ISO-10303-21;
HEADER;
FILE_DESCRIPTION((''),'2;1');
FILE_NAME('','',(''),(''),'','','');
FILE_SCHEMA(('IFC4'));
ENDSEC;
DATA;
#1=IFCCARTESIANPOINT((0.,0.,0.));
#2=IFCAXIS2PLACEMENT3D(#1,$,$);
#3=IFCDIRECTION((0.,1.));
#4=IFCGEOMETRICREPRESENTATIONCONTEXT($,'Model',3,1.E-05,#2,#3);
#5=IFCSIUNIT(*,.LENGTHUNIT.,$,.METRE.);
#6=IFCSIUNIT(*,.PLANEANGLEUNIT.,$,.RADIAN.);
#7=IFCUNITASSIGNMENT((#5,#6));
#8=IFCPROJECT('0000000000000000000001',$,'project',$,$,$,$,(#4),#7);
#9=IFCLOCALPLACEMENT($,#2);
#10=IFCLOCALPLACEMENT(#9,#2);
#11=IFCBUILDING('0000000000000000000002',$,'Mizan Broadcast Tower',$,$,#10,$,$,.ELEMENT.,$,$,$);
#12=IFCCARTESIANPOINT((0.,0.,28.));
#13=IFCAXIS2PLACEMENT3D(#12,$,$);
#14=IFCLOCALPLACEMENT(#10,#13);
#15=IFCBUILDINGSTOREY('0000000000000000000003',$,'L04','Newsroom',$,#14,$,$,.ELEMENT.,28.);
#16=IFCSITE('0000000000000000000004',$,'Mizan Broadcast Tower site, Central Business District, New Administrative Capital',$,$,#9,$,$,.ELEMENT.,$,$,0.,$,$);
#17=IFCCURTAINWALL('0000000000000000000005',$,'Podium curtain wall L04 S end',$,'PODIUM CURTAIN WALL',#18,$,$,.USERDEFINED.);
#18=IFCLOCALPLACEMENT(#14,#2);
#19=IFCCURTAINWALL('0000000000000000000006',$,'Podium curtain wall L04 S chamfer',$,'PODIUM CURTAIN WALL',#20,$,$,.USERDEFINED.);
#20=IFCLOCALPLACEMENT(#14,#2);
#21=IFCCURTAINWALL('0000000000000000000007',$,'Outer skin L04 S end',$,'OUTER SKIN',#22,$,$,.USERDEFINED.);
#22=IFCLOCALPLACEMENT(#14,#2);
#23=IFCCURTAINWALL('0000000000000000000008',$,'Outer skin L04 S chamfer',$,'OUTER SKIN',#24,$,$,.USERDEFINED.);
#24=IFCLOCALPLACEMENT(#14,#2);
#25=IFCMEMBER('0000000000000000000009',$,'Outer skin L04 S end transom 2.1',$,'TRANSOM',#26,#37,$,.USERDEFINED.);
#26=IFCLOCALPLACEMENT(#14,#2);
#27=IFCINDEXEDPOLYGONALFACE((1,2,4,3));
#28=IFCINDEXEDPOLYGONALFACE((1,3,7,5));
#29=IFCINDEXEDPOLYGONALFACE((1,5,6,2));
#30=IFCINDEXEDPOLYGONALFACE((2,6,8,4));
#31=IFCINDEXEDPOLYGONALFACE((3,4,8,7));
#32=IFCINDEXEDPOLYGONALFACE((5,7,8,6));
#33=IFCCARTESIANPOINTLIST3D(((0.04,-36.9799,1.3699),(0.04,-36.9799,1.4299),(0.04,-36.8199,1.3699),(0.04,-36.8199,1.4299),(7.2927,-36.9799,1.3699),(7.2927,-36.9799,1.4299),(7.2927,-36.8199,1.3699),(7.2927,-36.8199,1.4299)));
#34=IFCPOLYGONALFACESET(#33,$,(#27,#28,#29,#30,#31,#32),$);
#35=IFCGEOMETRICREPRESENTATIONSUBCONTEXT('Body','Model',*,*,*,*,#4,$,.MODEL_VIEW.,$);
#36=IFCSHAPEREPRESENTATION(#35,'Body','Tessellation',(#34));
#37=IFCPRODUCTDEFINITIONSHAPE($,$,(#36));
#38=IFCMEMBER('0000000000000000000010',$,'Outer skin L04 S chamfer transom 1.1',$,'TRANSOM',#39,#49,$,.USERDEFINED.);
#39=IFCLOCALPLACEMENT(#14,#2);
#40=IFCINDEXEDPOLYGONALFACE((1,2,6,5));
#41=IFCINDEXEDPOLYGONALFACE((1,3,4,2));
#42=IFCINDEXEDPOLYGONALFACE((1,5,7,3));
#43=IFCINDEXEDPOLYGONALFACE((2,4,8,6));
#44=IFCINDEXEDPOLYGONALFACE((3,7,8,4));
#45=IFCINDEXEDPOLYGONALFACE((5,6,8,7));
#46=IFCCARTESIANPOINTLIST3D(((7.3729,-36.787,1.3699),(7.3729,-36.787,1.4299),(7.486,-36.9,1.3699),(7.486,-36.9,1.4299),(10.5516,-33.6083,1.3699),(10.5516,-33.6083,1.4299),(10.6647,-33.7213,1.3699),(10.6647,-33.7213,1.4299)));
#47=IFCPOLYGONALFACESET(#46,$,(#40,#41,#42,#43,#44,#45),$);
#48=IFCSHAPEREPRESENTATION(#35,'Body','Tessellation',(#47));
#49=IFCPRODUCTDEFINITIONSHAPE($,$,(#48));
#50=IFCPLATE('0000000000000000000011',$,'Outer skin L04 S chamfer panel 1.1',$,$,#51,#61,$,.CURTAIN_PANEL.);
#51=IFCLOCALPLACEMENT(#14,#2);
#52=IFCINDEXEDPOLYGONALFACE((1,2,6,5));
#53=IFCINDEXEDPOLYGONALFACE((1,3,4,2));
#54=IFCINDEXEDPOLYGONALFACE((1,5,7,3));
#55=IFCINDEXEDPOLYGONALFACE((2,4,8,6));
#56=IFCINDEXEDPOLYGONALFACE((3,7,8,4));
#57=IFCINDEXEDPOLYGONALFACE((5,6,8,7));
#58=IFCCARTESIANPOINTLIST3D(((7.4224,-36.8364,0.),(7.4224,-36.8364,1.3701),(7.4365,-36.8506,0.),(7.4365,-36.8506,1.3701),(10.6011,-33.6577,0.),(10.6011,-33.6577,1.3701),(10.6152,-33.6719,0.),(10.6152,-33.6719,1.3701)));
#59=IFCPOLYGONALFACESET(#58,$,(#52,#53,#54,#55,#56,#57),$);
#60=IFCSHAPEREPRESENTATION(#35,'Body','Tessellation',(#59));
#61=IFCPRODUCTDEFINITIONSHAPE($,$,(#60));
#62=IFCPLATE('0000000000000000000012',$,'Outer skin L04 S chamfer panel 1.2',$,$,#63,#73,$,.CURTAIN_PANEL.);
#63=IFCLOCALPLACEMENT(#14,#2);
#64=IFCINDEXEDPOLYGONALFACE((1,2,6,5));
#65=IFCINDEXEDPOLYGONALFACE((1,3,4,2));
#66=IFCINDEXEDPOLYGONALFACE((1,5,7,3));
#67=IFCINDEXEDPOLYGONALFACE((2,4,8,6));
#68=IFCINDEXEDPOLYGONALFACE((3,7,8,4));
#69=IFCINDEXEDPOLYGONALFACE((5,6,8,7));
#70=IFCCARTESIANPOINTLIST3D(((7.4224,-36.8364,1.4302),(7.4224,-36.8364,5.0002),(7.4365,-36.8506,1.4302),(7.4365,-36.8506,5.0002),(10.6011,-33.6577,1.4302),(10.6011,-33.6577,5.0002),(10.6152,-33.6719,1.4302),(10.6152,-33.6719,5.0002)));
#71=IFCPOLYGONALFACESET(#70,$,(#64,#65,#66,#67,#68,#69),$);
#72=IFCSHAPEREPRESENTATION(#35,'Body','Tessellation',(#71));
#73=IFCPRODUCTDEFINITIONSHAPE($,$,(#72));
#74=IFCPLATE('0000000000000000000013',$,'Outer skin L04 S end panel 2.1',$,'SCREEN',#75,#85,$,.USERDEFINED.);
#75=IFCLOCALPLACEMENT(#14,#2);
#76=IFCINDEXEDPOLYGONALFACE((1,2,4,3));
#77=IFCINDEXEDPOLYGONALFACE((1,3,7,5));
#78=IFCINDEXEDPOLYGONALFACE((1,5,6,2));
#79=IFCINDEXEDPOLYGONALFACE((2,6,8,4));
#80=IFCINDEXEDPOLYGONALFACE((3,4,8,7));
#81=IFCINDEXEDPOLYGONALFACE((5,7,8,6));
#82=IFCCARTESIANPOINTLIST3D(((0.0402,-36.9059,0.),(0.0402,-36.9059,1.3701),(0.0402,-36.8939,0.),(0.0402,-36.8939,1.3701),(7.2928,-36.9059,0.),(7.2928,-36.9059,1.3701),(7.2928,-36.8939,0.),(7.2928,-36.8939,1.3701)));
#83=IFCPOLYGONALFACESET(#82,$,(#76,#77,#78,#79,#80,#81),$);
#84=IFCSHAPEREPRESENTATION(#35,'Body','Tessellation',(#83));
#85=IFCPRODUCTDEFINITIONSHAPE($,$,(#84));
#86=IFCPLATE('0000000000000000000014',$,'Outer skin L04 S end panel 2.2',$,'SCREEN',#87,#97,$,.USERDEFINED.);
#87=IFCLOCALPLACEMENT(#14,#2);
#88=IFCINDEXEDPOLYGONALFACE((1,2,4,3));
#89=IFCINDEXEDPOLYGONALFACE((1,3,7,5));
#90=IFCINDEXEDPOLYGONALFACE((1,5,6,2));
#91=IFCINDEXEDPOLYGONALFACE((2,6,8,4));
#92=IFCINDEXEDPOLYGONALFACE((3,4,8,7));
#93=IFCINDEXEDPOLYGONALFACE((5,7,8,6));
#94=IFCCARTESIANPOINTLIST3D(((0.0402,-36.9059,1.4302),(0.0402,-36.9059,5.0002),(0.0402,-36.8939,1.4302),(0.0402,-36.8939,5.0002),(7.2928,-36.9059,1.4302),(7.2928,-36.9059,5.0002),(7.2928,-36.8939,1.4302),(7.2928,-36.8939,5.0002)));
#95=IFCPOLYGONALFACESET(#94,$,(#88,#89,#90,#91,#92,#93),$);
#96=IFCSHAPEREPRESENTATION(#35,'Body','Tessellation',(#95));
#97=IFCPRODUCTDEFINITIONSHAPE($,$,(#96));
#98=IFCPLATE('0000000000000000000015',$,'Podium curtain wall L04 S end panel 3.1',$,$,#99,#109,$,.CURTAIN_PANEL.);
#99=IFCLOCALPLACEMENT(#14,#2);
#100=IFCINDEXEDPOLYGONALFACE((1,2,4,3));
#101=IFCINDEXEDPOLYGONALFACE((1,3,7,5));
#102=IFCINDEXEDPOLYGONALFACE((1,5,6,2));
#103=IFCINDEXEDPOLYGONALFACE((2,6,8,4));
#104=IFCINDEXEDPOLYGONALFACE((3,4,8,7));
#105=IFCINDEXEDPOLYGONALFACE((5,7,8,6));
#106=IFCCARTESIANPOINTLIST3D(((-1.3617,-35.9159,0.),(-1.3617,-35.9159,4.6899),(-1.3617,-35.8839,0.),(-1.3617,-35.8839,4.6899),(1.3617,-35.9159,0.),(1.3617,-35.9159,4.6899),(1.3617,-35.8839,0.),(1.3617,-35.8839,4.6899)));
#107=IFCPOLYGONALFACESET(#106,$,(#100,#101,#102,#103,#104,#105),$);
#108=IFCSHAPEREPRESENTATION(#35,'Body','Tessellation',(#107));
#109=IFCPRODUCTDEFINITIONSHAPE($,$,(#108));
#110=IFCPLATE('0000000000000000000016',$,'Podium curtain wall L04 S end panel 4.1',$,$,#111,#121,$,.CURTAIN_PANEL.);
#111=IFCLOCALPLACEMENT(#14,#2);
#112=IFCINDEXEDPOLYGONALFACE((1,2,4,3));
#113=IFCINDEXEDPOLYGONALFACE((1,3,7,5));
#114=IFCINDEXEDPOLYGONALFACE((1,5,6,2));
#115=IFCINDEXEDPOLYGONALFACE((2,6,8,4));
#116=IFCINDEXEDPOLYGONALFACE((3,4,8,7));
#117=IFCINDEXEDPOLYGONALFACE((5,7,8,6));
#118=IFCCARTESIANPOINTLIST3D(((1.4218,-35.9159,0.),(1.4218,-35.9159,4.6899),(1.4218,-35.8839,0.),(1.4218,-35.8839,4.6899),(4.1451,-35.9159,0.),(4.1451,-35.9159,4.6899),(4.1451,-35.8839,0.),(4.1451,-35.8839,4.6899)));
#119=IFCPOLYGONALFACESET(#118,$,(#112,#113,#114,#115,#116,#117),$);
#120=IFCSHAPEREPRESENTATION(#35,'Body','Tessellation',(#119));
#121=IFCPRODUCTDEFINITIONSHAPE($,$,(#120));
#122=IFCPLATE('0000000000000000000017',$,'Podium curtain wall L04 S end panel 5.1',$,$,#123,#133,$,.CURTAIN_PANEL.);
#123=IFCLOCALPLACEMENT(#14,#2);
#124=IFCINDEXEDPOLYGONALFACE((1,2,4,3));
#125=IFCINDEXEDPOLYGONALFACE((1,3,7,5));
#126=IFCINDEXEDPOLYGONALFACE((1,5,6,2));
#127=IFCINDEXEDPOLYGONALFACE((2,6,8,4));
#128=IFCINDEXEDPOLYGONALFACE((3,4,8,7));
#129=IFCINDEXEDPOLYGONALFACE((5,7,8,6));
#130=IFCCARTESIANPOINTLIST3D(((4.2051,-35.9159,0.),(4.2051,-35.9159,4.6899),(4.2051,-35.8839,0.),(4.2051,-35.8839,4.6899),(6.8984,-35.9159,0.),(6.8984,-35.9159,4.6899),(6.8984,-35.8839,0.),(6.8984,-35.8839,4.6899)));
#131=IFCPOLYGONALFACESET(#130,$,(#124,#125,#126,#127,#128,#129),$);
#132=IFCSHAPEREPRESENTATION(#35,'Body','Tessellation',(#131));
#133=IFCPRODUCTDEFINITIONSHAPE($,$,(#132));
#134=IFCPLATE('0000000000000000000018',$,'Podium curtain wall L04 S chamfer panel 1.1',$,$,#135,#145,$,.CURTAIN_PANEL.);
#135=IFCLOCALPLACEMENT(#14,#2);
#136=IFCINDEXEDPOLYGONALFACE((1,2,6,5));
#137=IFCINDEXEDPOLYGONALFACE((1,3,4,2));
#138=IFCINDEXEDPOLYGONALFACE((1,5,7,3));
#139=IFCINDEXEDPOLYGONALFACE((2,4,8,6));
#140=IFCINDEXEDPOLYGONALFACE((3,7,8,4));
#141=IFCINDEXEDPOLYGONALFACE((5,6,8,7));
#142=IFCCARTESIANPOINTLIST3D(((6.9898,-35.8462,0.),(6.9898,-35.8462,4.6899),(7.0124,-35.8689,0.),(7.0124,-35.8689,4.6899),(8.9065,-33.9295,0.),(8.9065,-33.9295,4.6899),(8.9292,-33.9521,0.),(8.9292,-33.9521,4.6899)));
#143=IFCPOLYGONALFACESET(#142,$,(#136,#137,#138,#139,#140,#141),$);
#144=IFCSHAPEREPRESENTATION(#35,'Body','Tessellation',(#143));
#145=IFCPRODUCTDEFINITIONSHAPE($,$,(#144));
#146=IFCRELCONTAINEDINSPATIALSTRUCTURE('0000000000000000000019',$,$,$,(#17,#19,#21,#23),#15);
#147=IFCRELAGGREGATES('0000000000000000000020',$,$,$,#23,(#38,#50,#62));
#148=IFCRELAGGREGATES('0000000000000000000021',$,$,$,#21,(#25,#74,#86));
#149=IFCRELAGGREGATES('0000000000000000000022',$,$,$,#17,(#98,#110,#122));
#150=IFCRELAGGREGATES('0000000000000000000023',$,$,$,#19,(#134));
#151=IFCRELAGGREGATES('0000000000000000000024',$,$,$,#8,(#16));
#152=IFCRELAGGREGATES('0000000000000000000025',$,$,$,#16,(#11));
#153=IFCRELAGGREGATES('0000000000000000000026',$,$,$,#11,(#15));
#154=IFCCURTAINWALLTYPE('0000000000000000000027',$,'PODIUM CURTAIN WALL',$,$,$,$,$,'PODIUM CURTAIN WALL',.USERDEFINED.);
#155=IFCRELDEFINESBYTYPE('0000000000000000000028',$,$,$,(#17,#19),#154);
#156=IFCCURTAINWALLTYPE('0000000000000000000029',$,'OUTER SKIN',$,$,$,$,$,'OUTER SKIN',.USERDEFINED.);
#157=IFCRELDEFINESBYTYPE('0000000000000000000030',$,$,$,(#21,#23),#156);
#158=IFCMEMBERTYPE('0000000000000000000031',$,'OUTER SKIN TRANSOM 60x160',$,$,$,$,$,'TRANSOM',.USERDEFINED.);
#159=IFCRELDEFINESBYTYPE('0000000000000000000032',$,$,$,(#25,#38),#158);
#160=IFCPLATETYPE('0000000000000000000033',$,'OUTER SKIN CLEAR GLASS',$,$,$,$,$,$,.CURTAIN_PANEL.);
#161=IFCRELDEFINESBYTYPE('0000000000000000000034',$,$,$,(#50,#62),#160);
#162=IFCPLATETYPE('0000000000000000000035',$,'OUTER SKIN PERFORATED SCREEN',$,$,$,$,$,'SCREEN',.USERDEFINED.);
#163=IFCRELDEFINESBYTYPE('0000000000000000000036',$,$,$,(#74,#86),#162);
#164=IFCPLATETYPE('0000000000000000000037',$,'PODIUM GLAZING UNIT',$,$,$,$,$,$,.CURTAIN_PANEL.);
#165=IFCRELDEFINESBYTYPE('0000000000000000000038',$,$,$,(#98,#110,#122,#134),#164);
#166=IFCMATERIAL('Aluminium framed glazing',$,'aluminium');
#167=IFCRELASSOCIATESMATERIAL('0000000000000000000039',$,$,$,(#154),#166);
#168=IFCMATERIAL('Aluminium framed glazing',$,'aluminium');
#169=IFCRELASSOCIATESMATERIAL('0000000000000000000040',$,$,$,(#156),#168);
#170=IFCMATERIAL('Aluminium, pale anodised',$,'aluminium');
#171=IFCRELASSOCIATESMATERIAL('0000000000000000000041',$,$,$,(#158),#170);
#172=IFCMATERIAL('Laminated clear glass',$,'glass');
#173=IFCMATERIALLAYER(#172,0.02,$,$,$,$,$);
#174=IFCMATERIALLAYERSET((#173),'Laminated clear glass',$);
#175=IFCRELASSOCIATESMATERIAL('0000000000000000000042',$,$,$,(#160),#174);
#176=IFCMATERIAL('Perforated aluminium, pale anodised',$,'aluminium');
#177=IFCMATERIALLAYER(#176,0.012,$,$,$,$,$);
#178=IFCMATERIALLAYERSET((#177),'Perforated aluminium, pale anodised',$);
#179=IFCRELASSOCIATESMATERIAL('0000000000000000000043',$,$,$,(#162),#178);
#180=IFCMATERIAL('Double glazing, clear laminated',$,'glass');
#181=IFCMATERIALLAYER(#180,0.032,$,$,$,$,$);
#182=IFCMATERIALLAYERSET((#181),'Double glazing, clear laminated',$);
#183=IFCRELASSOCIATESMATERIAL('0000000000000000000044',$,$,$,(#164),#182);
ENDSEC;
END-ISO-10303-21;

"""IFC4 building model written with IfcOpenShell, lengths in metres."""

from ifc_helpers import new_model, si_unit, direction, frame, origin, origin_2d, place, context, subcontext, project, spatial, rectangle, extrude, material, layer, layer_set, material_profile, profile_set, type_object, element, aggregate, save


model = new_model("IFC4")

# Units and contexts
model_context = context("Model", 3, precision=1e-05, world=origin(), true_north=direction((0.0, 1.0)))
body_context = subcontext(model_context, "Body", "Model", "MODEL_VIEW")
ifc_project = project(units=[si_unit("LENGTHUNIT", "METRE"), si_unit("PLANEANGLEUNIT", "RADIAN")], contexts=[model_context])

# Site, building, storey
site_placement = place(None, origin())
site = spatial("IfcSite", under=ifc_project, at=site_placement, Name="Mizan Broadcast Tower site, Central Business District, New Administrative Capital", CompositionType="ELEMENT", RefElevation=0.0)
building_placement = place(site_placement, origin())
building = spatial("IfcBuilding", under=site, at=building_placement, Name="Mizan Broadcast Tower", CompositionType="ELEMENT")
storey_placement = place(building_placement, frame((0.0, 0.0, 28.0)))
storey = spatial("IfcBuildingStorey", under=building, at=storey_placement, Name="L04", Description="Newsroom", CompositionType="ELEMENT", Elevation=28.0)

# Curtain wall
ifc_material_1 = material(Name="Aluminium framed glazing", Category="aluminium")
curtain_wall_type_1 = type_object("IfcCurtainWallType", Name="PODIUM CURTAIN WALL", ElementType="PODIUM CURTAIN WALL", PredefinedType="USERDEFINED", material=ifc_material_1)
curtain_wall_1_placement = place(storey_placement, origin())
curtain_wall_1 = element("IfcCurtainWall", 1, at=curtain_wall_1_placement, inside=storey, type_object=curtain_wall_type_1, Name="Podium curtain wall L04 S end", ObjectType="PODIUM CURTAIN WALL", PredefinedType="USERDEFINED")

# Curtain wall
curtain_wall_2_placement = place(storey_placement, origin())
curtain_wall_2 = element("IfcCurtainWall", 2, at=curtain_wall_2_placement, inside=storey, type_object=curtain_wall_type_1, Name="Podium curtain wall L04 S chamfer", ObjectType="PODIUM CURTAIN WALL", PredefinedType="USERDEFINED")

# Curtain wall
ifc_material_2 = material(Name="Aluminium framed glazing", Category="aluminium")
curtain_wall_type_2 = type_object("IfcCurtainWallType", Name="OUTER SKIN", ElementType="OUTER SKIN", PredefinedType="USERDEFINED", material=ifc_material_2)
curtain_wall_3_placement = place(storey_placement, origin())
curtain_wall_3 = element("IfcCurtainWall", 3, at=curtain_wall_3_placement, inside=storey, type_object=curtain_wall_type_2, Name="Outer skin L04 S end", ObjectType="OUTER SKIN", PredefinedType="USERDEFINED")

# Curtain wall
curtain_wall_4_placement = place(storey_placement, origin())
curtain_wall_4 = element("IfcCurtainWall", 4, at=curtain_wall_4_placement, inside=storey, type_object=curtain_wall_type_2, Name="Outer skin L04 S chamfer", ObjectType="OUTER SKIN", PredefinedType="USERDEFINED")

# Members
ifc_material_3 = material(Name="Aluminium, pale anodised", Category="aluminium")
ifc_material_profile_1 = material_profile(ifc_material_3, rectangle(XDim=0.1599, YDim=0.0601, at=origin_2d()), Name="TRANSOM 160x60")
ifc_profile_set_1 = profile_set([ifc_material_profile_1], Name="Aluminium, pale anodised")
member_type_1 = type_object("IfcMemberType", Name="OUTER SKIN TRANSOM 60x160", ElementType="TRANSOM", PredefinedType="USERDEFINED", material=ifc_profile_set_1)
member_1_placement = place(storey_placement, frame((0.04, -36.8999, 1.3999), z_axis=(1.0, 0.0, 0.0), x_axis=(0.0, 1.0, 0.0)))
member_1 = element("IfcMember", 5, at=member_1_placement, type_object=member_type_1, Name="Outer skin L04 S end transom 2.1", ObjectType="TRANSOM", PredefinedType="USERDEFINED", context=body_context, shape_type="SweptSolid", body=[
    extrude(rectangle(XDim=0.1599, YDim=0.0601, at=origin_2d()), origin(), (0.0, 0.0, 1.0), 7.2527),
])
member_2_placement = place(storey_placement, frame((7.4294, -36.8435, 1.3999), z_axis=(0.707107, 0.707107, 0.0), x_axis=(-0.707107, 0.707107, 0.0)))
member_2 = element("IfcMember", 6, at=member_2_placement, type_object=member_type_1, Name="Outer skin L04 S chamfer transom 1.1", ObjectType="TRANSOM", PredefinedType="USERDEFINED", context=body_context, shape_type="SweptSolid", body=[
    extrude(rectangle(XDim=0.1599, YDim=0.0601, at=origin_2d()), origin(), (0.0, 0.0, 1.0), 4.4954),
])

# Plates
ifc_material_4 = material(Name="Laminated clear glass", Category="glass")
ifc_layer_1 = layer(ifc_material_4, 0.02)
ifc_layer_set_1 = layer_set([ifc_layer_1], Name="Laminated clear glass")
plate_type_1 = type_object("IfcPlateType", Name="OUTER SKIN CLEAR GLASS", PredefinedType="CURTAIN_PANEL", material=ifc_layer_set_1)
plate_1_placement = place(storey_placement, frame((9.0188, -35.2542, 0.0), z_axis=(0.0, 0.0, 1.0), x_axis=(0.707107, 0.707107, 0.0)))
plate_1 = element("IfcPlate", 7, at=plate_1_placement, type_object=plate_type_1, Name="Outer skin L04 S chamfer panel 1.1", PredefinedType="CURTAIN_PANEL", context=body_context, shape_type="SweptSolid", body=[
    extrude(rectangle(XDim=4.4954, YDim=0.02, at=origin_2d()), origin(), (0.0, 0.0, 1.0), 1.3701),
])
plate_2_placement = place(storey_placement, frame((9.0188, -35.2542, 1.4302), z_axis=(0.0, 0.0, 1.0), x_axis=(0.707107, 0.707107, 0.0)))
plate_2 = element("IfcPlate", 8, at=plate_2_placement, type_object=plate_type_1, Name="Outer skin L04 S chamfer panel 1.2", PredefinedType="CURTAIN_PANEL", context=body_context, shape_type="SweptSolid", body=[
    extrude(rectangle(XDim=4.4954, YDim=0.02, at=origin_2d()), origin(), (0.0, 0.0, 1.0), 3.5701),
])
aggregate(curtain_wall_4, [member_2, plate_1, plate_2])
ifc_material_5 = material(Name="Perforated aluminium, pale anodised", Category="aluminium")
ifc_layer_2 = layer(ifc_material_5, 0.012)
ifc_layer_set_2 = layer_set([ifc_layer_2], Name="Perforated aluminium, pale anodised")
plate_type_2 = type_object("IfcPlateType", Name="OUTER SKIN PERFORATED SCREEN", ElementType="SCREEN", PredefinedType="USERDEFINED", material=ifc_layer_set_2)
plate_3_placement = place(storey_placement, frame((3.6665, -36.8999, 0.0), z_axis=(0.0, 0.0, 1.0), x_axis=(1.0, 0.0, 0.0)))
plate_3 = element("IfcPlate", 9, at=plate_3_placement, type_object=plate_type_2, Name="Outer skin L04 S end panel 2.1", ObjectType="SCREEN", PredefinedType="USERDEFINED", context=body_context, shape_type="SweptSolid", body=[
    extrude(rectangle(XDim=7.2527, YDim=0.012, at=origin_2d()), origin(), (0.0, 0.0, 1.0), 1.3701),
])
plate_4_placement = place(storey_placement, frame((3.6665, -36.8999, 1.4302), z_axis=(0.0, 0.0, 1.0), x_axis=(1.0, 0.0, 0.0)))
plate_4 = element("IfcPlate", 10, at=plate_4_placement, type_object=plate_type_2, Name="Outer skin L04 S end panel 2.2", ObjectType="SCREEN", PredefinedType="USERDEFINED", context=body_context, shape_type="SweptSolid", body=[
    extrude(rectangle(XDim=7.2527, YDim=0.012, at=origin_2d()), origin(), (0.0, 0.0, 1.0), 3.5701),
])
aggregate(curtain_wall_3, [member_1, plate_3, plate_4])
ifc_material_6 = material(Name="Double glazing, clear laminated", Category="glass")
ifc_layer_3 = layer(ifc_material_6, 0.032)
ifc_layer_set_3 = layer_set([ifc_layer_3], Name="Double glazing, clear laminated")
plate_type_3 = type_object("IfcPlateType", Name="PODIUM GLAZING UNIT", PredefinedType="CURTAIN_PANEL", material=ifc_layer_set_3)
plate_5_placement = place(storey_placement, frame((0.0, -35.8999, 0.0), z_axis=(0.0, 0.0, 1.0), x_axis=(1.0, 0.0, 0.0)))
plate_5 = element("IfcPlate", 11, at=plate_5_placement, type_object=plate_type_3, Name="Podium curtain wall L04 S end panel 3.1", PredefinedType="CURTAIN_PANEL", context=body_context, shape_type="SweptSolid", body=[
    extrude(rectangle(XDim=2.7234, YDim=0.032, at=origin_2d()), origin(), (0.0, 0.0, 1.0), 4.6899),
])
plate_6_placement = place(storey_placement, frame((2.7834, -35.8999, 0.0), z_axis=(0.0, 0.0, 1.0), x_axis=(1.0, 0.0, 0.0)))
plate_6 = element("IfcPlate", 12, at=plate_6_placement, type_object=plate_type_3, Name="Podium curtain wall L04 S end panel 4.1", PredefinedType="CURTAIN_PANEL", context=body_context, shape_type="SweptSolid", body=[
    extrude(rectangle(XDim=2.7234, YDim=0.032, at=origin_2d()), origin(), (0.0, 0.0, 1.0), 4.6899),
])
plate_7_placement = place(storey_placement, frame((5.5518, -35.8999, 0.0), z_axis=(0.0, 0.0, 1.0), x_axis=(1.0, 0.0, 0.0)))
plate_7 = element("IfcPlate", 13, at=plate_7_placement, type_object=plate_type_3, Name="Podium curtain wall L04 S end panel 5.1", PredefinedType="CURTAIN_PANEL", context=body_context, shape_type="SweptSolid", body=[
    extrude(rectangle(XDim=2.6934, YDim=0.032, at=origin_2d()), origin(), (0.0, 0.0, 1.0), 4.6899),
])
aggregate(curtain_wall_1, [plate_5, plate_6, plate_7])
plate_8_placement = place(storey_placement, frame((7.9595, -34.8992, 0.0), z_axis=(0.0, 0.0, 1.0), x_axis=(0.707107, 0.707107, 0.0)))
plate_8 = element("IfcPlate", 14, at=plate_8_placement, type_object=plate_type_3, Name="Podium curtain wall L04 S chamfer panel 1.1", PredefinedType="CURTAIN_PANEL", context=body_context, shape_type="SweptSolid", body=[
    extrude(rectangle(XDim=2.7107, YDim=0.032, at=origin_2d()), origin(), (0.0, 0.0, 1.0), 4.6899),
])
aggregate(curtain_wall_2, [plate_8])

save(model, "model.ifc")
